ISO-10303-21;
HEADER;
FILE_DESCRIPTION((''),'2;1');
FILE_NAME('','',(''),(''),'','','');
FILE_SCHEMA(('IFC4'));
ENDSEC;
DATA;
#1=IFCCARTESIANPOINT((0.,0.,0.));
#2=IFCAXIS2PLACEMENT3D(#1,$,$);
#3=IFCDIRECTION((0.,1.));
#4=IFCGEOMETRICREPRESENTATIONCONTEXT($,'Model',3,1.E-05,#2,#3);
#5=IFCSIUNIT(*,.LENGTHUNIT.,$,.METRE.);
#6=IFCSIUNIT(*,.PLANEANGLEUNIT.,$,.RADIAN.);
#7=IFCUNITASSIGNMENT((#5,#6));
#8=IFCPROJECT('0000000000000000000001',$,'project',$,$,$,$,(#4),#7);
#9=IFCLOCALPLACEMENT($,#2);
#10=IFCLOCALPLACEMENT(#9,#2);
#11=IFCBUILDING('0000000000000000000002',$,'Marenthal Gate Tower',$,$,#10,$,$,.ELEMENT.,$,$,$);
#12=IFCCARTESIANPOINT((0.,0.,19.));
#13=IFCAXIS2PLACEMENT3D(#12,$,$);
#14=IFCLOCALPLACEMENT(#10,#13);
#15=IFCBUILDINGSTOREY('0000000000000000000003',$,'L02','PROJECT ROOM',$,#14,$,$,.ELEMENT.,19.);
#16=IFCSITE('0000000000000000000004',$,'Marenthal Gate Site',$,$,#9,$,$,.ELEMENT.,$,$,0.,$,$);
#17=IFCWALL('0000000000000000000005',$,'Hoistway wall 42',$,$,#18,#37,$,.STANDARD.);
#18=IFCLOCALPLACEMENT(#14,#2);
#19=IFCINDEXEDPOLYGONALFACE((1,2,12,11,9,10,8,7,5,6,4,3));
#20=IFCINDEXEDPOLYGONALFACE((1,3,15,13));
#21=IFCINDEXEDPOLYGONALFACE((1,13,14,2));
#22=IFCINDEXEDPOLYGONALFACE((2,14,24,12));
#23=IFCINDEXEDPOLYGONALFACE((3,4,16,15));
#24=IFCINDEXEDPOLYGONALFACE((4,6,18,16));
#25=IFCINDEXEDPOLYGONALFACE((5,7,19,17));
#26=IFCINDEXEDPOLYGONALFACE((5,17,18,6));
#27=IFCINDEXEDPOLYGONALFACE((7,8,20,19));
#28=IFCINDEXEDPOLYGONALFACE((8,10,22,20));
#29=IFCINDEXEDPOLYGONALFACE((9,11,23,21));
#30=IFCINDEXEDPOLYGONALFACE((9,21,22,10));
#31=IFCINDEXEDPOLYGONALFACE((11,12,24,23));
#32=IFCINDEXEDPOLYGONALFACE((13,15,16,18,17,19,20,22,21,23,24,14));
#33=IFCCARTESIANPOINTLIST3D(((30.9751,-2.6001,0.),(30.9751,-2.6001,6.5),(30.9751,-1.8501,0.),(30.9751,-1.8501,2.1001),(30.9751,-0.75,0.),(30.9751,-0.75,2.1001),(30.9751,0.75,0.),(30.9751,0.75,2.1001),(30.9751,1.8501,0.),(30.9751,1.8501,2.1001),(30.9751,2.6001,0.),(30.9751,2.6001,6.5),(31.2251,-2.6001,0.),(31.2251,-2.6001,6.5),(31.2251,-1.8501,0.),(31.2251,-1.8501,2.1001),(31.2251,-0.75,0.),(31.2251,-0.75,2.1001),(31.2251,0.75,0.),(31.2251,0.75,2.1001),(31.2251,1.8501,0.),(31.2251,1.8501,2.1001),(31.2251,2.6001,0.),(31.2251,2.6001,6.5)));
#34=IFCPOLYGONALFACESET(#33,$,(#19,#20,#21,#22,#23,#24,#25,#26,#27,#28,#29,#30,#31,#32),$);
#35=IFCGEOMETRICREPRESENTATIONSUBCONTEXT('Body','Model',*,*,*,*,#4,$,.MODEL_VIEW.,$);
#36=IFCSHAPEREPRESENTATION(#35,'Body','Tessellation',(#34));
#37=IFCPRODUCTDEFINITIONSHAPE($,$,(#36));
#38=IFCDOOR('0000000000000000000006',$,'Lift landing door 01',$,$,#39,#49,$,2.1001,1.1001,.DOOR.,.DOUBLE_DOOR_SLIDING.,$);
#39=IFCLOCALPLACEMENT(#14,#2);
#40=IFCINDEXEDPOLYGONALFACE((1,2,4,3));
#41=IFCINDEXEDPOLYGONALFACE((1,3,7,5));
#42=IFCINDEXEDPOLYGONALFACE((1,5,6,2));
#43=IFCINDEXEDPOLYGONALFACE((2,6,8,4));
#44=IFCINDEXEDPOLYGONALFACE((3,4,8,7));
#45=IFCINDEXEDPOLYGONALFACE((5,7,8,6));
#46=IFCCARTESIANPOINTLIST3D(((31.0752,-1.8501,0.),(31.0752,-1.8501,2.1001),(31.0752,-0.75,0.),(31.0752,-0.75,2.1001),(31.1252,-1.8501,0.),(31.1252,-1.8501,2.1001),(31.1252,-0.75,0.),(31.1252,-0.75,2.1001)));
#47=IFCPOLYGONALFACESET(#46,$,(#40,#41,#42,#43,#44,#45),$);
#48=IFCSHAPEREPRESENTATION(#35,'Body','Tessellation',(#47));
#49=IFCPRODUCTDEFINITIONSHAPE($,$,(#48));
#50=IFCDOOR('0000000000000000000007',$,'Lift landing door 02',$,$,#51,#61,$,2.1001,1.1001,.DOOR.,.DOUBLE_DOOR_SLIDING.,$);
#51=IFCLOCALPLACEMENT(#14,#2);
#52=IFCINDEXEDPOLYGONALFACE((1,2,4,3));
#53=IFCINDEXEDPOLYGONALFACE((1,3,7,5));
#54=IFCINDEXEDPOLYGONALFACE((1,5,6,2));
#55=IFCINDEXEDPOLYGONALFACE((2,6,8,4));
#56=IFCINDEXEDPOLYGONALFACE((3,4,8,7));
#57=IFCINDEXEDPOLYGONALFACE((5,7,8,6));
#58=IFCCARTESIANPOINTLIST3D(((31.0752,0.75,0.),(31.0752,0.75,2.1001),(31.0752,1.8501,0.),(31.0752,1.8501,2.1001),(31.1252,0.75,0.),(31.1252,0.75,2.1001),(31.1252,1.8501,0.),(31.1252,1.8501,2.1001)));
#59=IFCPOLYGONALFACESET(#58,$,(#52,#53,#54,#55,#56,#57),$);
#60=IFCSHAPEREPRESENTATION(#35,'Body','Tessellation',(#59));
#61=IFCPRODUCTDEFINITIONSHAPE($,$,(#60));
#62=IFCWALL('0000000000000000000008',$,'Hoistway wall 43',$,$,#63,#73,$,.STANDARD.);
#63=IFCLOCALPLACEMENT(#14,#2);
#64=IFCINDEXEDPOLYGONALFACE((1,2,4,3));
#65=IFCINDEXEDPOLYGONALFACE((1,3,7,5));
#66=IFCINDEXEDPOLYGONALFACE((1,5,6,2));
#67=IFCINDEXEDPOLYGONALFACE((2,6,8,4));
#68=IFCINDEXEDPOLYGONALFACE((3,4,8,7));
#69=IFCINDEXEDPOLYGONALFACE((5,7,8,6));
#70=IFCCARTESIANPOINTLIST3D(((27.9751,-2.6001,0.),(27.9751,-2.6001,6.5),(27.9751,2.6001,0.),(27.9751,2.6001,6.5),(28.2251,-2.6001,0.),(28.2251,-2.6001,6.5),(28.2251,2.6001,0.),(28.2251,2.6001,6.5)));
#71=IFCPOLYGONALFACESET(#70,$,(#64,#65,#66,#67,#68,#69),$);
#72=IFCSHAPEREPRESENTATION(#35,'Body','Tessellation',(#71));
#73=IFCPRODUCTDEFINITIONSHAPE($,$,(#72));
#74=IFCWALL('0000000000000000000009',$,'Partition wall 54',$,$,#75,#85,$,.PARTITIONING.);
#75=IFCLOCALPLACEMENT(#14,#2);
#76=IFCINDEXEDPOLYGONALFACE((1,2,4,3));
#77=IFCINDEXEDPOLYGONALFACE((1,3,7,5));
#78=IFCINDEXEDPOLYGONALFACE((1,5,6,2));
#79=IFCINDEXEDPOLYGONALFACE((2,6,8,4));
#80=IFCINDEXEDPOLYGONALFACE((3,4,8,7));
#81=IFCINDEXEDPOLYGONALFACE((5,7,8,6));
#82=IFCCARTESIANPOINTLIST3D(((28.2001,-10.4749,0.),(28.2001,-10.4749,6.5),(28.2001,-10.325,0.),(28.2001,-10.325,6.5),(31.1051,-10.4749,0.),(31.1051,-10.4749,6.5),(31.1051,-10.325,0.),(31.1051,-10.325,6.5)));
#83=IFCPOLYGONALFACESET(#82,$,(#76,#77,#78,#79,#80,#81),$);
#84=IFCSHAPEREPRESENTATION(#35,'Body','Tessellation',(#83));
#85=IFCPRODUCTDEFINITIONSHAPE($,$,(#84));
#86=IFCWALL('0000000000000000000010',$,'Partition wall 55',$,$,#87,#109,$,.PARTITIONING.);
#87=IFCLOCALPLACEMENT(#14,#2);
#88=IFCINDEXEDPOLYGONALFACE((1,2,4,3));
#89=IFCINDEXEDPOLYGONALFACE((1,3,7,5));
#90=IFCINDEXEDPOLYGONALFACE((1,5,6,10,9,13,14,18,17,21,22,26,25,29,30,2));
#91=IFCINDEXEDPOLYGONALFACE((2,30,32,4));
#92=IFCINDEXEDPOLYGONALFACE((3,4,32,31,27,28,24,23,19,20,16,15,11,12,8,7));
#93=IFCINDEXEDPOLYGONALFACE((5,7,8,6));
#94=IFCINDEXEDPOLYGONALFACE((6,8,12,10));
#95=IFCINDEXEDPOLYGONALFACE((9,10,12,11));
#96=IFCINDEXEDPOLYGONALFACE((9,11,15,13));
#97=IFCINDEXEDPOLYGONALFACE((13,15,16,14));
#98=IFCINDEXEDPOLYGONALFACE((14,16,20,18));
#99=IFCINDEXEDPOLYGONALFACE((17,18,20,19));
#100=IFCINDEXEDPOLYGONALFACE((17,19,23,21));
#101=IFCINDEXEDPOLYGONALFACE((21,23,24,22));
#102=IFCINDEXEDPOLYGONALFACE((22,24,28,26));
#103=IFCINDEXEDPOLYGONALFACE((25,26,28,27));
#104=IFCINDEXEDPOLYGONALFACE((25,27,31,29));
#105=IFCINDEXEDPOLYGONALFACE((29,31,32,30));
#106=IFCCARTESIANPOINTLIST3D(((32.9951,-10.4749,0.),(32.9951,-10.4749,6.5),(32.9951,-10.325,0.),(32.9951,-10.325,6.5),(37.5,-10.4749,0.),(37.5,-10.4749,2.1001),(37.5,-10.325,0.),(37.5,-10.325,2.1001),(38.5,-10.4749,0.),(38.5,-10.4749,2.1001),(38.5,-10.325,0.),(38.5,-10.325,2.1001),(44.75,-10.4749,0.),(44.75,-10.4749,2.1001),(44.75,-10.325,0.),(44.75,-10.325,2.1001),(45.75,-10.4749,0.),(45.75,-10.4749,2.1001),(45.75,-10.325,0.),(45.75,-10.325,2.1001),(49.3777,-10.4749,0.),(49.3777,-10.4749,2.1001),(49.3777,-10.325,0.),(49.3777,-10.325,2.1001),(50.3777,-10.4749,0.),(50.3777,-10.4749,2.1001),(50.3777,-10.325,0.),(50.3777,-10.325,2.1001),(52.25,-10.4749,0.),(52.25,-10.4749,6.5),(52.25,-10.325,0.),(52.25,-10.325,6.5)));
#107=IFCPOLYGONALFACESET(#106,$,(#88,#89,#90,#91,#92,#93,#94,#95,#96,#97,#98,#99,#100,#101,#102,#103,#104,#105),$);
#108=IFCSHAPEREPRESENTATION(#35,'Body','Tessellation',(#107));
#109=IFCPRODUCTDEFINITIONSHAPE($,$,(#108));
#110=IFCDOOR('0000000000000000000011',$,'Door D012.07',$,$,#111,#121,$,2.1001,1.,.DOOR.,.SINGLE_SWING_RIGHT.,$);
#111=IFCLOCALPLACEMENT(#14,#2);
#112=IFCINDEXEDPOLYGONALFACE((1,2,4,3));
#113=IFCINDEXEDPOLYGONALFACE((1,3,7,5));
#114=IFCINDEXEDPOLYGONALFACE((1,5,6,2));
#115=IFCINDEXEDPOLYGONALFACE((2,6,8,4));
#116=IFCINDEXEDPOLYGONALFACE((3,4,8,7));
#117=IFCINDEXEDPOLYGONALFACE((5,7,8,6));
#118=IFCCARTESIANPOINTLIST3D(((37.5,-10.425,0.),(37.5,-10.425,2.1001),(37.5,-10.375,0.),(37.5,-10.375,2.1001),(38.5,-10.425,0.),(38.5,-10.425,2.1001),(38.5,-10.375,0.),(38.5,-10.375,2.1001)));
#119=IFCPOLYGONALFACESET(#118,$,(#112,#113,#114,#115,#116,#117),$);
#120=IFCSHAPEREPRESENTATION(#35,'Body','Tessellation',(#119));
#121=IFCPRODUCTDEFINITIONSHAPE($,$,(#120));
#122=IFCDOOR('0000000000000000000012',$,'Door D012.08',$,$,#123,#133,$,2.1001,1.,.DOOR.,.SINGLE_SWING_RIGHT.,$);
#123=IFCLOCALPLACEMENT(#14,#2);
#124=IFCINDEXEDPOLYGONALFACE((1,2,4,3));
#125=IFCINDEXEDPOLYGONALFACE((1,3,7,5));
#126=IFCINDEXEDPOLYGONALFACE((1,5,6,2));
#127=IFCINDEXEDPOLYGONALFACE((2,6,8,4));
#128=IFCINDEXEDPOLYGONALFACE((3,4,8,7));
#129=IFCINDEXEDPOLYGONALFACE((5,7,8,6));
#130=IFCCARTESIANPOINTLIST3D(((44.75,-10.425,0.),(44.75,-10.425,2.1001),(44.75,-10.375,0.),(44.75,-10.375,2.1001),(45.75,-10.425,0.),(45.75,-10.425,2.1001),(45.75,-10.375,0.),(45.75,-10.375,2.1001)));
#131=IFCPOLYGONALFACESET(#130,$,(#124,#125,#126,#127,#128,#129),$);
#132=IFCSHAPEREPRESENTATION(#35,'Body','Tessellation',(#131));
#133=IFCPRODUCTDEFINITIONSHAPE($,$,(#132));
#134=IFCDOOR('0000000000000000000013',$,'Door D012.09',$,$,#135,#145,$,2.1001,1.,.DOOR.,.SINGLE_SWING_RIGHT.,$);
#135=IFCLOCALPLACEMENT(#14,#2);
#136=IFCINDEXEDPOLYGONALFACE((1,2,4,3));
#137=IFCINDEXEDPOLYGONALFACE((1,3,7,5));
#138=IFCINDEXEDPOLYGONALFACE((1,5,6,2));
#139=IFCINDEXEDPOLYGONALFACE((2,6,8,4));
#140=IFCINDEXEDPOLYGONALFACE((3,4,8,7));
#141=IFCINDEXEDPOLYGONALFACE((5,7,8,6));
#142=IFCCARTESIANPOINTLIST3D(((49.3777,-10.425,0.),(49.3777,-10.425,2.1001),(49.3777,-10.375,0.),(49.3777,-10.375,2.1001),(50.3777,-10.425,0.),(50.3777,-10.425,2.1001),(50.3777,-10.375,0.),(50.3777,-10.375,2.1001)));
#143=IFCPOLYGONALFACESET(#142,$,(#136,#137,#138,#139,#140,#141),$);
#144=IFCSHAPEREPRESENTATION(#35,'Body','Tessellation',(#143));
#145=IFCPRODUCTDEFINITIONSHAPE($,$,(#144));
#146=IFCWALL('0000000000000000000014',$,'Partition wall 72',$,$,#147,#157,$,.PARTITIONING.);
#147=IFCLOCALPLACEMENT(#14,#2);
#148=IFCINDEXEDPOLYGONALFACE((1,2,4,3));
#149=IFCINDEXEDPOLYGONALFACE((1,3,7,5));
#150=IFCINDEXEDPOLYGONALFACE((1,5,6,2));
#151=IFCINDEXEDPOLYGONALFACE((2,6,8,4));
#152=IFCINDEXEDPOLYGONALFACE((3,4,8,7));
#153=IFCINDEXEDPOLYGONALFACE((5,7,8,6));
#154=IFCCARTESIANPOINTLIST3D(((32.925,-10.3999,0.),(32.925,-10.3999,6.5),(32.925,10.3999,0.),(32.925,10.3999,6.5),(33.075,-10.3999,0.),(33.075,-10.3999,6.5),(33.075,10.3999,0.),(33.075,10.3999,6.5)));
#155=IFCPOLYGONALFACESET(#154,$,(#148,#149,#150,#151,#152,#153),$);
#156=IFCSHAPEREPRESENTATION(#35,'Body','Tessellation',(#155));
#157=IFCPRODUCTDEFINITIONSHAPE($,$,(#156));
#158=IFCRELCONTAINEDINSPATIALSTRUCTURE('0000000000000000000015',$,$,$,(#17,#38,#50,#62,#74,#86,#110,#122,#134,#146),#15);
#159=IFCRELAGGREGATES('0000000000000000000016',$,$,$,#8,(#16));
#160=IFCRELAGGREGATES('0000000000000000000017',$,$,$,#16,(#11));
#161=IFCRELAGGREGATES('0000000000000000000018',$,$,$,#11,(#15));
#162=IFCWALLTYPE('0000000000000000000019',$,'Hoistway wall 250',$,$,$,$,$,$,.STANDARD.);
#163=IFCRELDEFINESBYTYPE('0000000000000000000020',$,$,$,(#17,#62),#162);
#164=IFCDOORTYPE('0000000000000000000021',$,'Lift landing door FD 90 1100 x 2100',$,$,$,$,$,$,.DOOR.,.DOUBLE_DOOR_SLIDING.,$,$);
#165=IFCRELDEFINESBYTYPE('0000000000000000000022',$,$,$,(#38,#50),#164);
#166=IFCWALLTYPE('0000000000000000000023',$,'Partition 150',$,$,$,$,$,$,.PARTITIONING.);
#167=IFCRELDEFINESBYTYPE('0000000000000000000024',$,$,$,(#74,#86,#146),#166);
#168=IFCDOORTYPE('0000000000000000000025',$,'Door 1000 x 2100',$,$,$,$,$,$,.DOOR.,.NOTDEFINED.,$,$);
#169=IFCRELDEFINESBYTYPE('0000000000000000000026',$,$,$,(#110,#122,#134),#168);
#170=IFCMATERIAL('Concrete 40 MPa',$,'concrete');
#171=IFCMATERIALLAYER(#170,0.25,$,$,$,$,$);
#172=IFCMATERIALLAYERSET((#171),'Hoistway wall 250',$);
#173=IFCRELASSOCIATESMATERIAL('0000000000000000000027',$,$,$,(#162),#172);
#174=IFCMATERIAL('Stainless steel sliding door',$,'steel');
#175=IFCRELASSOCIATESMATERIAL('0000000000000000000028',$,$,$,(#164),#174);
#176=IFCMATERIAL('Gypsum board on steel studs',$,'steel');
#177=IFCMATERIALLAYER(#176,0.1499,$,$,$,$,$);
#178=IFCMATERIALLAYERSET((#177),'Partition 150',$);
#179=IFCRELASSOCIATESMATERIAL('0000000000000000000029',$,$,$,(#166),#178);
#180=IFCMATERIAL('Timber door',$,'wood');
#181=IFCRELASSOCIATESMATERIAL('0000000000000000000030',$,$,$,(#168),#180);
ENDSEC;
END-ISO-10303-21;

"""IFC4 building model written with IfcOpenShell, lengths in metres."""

from ifc_helpers import new_model, si_unit, direction, frame, frame_2d, origin, place, context, subcontext, project, spatial, rectangle, extrude, material, layer, layer_set, type_object, element, fill, save


model = new_model("IFC4")

# Units and contexts
model_context = context("Model", 3, precision=1e-05, world=origin(), true_north=direction((0.0, 1.0)))
body_context = subcontext(model_context, "Body", "Model", "MODEL_VIEW")
ifc_project = project(units=[si_unit("LENGTHUNIT", "METRE"), si_unit("PLANEANGLEUNIT", "RADIAN")], contexts=[model_context])

# Site, building, storey
site_placement = place(None, origin())
site = spatial("IfcSite", under=ifc_project, at=site_placement, Name="Marenthal Gate Site", CompositionType="ELEMENT", RefElevation=0.0)
building_placement = place(site_placement, origin())
building = spatial("IfcBuilding", under=site, at=building_placement, Name="Marenthal Gate Tower", CompositionType="ELEMENT")
storey_placement = place(building_placement, frame((0.0, 0.0, 19.0)))
storey = spatial("IfcBuildingStorey", under=building, at=storey_placement, Name="L02", Description="PROJECT ROOM", CompositionType="ELEMENT", Elevation=19.0)

# Shared definitions
ifc_material_1 = material(Name="Concrete 40 MPa", Category="concrete")
ifc_layer_1 = layer(ifc_material_1, 0.25)
ifc_layer_set_1 = layer_set([ifc_layer_1], Name="Hoistway wall 250")
wall_type_1 = type_object("IfcWallType", Name="Hoistway wall 250", PredefinedType="STANDARD", material=ifc_layer_set_1)

# Wall, openings, doors
wall_1_placement = place(storey_placement, frame((31.1001, -2.6001, 0.0), z_axis=(0.0, 0.0, 1.0), x_axis=(0.0, 1.0, 0.0)))
wall_1 = element("IfcWall", 1, at=wall_1_placement, inside=storey, type_object=wall_type_1, Name="Hoistway wall 42", PredefinedType="STANDARD", context=body_context, shape_type="SweptSolid", body=[
    extrude(rectangle(XDim=5.2002, YDim=0.25, at=frame_2d((2.6001, 0.0))), origin(), (0.0, 0.0, 1.0), 6.5),
])
opening_1_placement = place(wall_1_placement, frame((0.75, 0.0, 0.0)))
opening_1 = element("IfcOpeningElement", 2, at=opening_1_placement, cuts=wall_1, PredefinedType="OPENING", context=body_context, shape_type="SweptSolid", body=[
    extrude(rectangle(XDim=1.1001, YDim=2.1001, at=frame_2d((0.55, 1.05))), frame((0.0, 0.135, 0.0), z_axis=(0.0, -1.0, 0.0), x_axis=(1.0, 0.0, 0.0)), (0.0, 0.0, 1.0), 0.27),
])
opening_2_placement = place(wall_1_placement, frame((3.3501, 0.0, 0.0)))
opening_2 = element("IfcOpeningElement", 3, at=opening_2_placement, cuts=wall_1, PredefinedType="OPENING", context=body_context, shape_type="SweptSolid", body=[
    extrude(rectangle(XDim=1.1001, YDim=2.1001, at=frame_2d((0.55, 1.05))), frame((0.0, 0.135, 0.0), z_axis=(0.0, -1.0, 0.0), x_axis=(1.0, 0.0, 0.0)), (0.0, 0.0, 1.0), 0.27),
])
ifc_material_2 = material(Name="Stainless steel sliding door", Category="steel")
door_type_1 = type_object("IfcDoorType", Name="Lift landing door FD 90 1100 x 2100", OperationType="DOUBLE_DOOR_SLIDING", PredefinedType="DOOR", material=ifc_material_2)
door_1_placement = place(opening_1_placement, origin())
door_1 = element("IfcDoor", 4, at=door_1_placement, inside=storey, type_object=door_type_1, Name="Lift landing door 01", OperationType="DOUBLE_DOOR_SLIDING", OverallHeight=2.1001, OverallWidth=1.1001, PredefinedType="DOOR", context=body_context, shape_type="SweptSolid", body=[
    extrude(rectangle(XDim=1.1001, YDim=2.1001, at=frame_2d((0.55, 1.05))), frame((0.0, 0.0249, 0.0), z_axis=(0.0, -1.0, 0.0), x_axis=(1.0, 0.0, 0.0)), (0.0, 0.0, 1.0), 0.05),
])
fill(opening_1, door_1)
door_2_placement = place(opening_2_placement, origin())
door_2 = element("IfcDoor", 5, at=door_2_placement, inside=storey, type_object=door_type_1, Name="Lift landing door 02", OperationType="DOUBLE_DOOR_SLIDING", OverallHeight=2.1001, OverallWidth=1.1001, PredefinedType="DOOR", context=body_context, shape_type="SweptSolid", body=[
    extrude(rectangle(XDim=1.1001, YDim=2.1001, at=frame_2d((0.55, 1.05))), frame((0.0, 0.0249, 0.0), z_axis=(0.0, -1.0, 0.0), x_axis=(1.0, 0.0, 0.0)), (0.0, 0.0, 1.0), 0.05),
])
fill(opening_2, door_2)

# Walls
wall_2_placement = place(storey_placement, frame((28.1001, -2.6001, 0.0), z_axis=(0.0, 0.0, 1.0), x_axis=(0.0, 1.0, 0.0)))
element("IfcWall", 6, at=wall_2_placement, inside=storey, type_object=wall_type_1, Name="Hoistway wall 43", PredefinedType="STANDARD", context=body_context, shape_type="SweptSolid", body=[
    extrude(rectangle(XDim=5.2002, YDim=0.25, at=frame_2d((2.6001, 0.0))), origin(), (0.0, 0.0, 1.0), 6.5),
])
ifc_material_3 = material(Name="Gypsum board on steel studs", Category="steel")
ifc_layer_2 = layer(ifc_material_3, 0.1499)
ifc_layer_set_2 = layer_set([ifc_layer_2], Name="Partition 150")
wall_type_2 = type_object("IfcWallType", Name="Partition 150", PredefinedType="PARTITIONING", material=ifc_layer_set_2)
wall_3_placement = place(storey_placement, frame((28.2, -10.3999, 0.0), z_axis=(0.0, 0.0, 1.0), x_axis=(1.0, 0.0, 0.0)))
element("IfcWall", 7, at=wall_3_placement, inside=storey, type_object=wall_type_2, Name="Partition wall 54", PredefinedType="PARTITIONING", context=body_context, shape_type="SweptSolid", body=[
    extrude(rectangle(XDim=2.905, YDim=0.1499, at=frame_2d((1.4526, 0.0))), origin(), (0.0, 0.0, 1.0), 6.5),
])

# Wall, openings, doors
wall_4_placement = place(storey_placement, frame((32.9951, -10.3999, 0.0), z_axis=(0.0, 0.0, 1.0), x_axis=(1.0, 0.0, 0.0)))
wall_4 = element("IfcWall", 8, at=wall_4_placement, inside=storey, type_object=wall_type_2, Name="Partition wall 55", PredefinedType="PARTITIONING", context=body_context, shape_type="SweptSolid", body=[
    extrude(rectangle(XDim=19.2549, YDim=0.1499, at=frame_2d((9.6274, 0.0))), origin(), (0.0, 0.0, 1.0), 6.5),
])
opening_3_placement = place(wall_4_placement, frame((4.5049, 0.0, 0.0)))
opening_3 = element("IfcOpeningElement", 9, at=opening_3_placement, cuts=wall_4, PredefinedType="OPENING", context=body_context, shape_type="SweptSolid", body=[
    extrude(rectangle(XDim=1.0, YDim=2.1001, at=frame_2d((0.5, 1.05))), frame((0.0, 0.085, 0.0), z_axis=(0.0, -1.0, 0.0), x_axis=(1.0, 0.0, 0.0)), (0.0, 0.0, 1.0), 0.1699),
])
opening_4_placement = place(wall_4_placement, frame((11.7549, 0.0, 0.0)))
opening_4 = element("IfcOpeningElement", 10, at=opening_4_placement, cuts=wall_4, PredefinedType="OPENING", context=body_context, shape_type="SweptSolid", body=[
    extrude(rectangle(XDim=1.0, YDim=2.1001, at=frame_2d((0.5, 1.05))), frame((0.0, 0.085, 0.0), z_axis=(0.0, -1.0, 0.0), x_axis=(1.0, 0.0, 0.0)), (0.0, 0.0, 1.0), 0.1699),
])
opening_5_placement = place(wall_4_placement, frame((16.3826, 0.0, 0.0)))
opening_5 = element("IfcOpeningElement", 11, at=opening_5_placement, cuts=wall_4, PredefinedType="OPENING", context=body_context, shape_type="SweptSolid", body=[
    extrude(rectangle(XDim=1.0, YDim=2.1001, at=frame_2d((0.5, 1.05))), frame((0.0, 0.085, 0.0), z_axis=(0.0, -1.0, 0.0), x_axis=(1.0, 0.0, 0.0)), (0.0, 0.0, 1.0), 0.1699),
])
ifc_material_4 = material(Name="Timber door", Category="wood")
door_type_2 = type_object("IfcDoorType", Name="Door 1000 x 2100", OperationType="NOTDEFINED", PredefinedType="DOOR", material=ifc_material_4)
door_3_placement = place(opening_3_placement, origin())
door_3 = element("IfcDoor", 12, at=door_3_placement, inside=storey, type_object=door_type_2, Name="Door D012.07", OperationType="SINGLE_SWING_RIGHT", OverallHeight=2.1001, OverallWidth=1.0, PredefinedType="DOOR", context=body_context, shape_type="SweptSolid", body=[
    extrude(rectangle(XDim=1.0, YDim=2.1001, at=frame_2d((0.5, 1.05))), frame((0.0, 0.0249, 0.0), z_axis=(0.0, -1.0, 0.0), x_axis=(1.0, 0.0, 0.0)), (0.0, 0.0, 1.0), 0.05),
])
fill(opening_3, door_3)
door_4_placement = place(opening_4_placement, origin())
door_4 = element("IfcDoor", 13, at=door_4_placement, inside=storey, type_object=door_type_2, Name="Door D012.08", OperationType="SINGLE_SWING_RIGHT", OverallHeight=2.1001, OverallWidth=1.0, PredefinedType="DOOR", context=body_context, shape_type="SweptSolid", body=[
    extrude(rectangle(XDim=1.0, YDim=2.1001, at=frame_2d((0.5, 1.05))), frame((0.0, 0.0249, 0.0), z_axis=(0.0, -1.0, 0.0), x_axis=(1.0, 0.0, 0.0)), (0.0, 0.0, 1.0), 0.05),
])
fill(opening_4, door_4)
door_5_placement = place(opening_5_placement, origin())
door_5 = element("IfcDoor", 14, at=door_5_placement, inside=storey, type_object=door_type_2, Name="Door D012.09", OperationType="SINGLE_SWING_RIGHT", OverallHeight=2.1001, OverallWidth=1.0, PredefinedType="DOOR", context=body_context, shape_type="SweptSolid", body=[
    extrude(rectangle(XDim=1.0, YDim=2.1001, at=frame_2d((0.5, 1.05))), frame((0.0, 0.0249, 0.0), z_axis=(0.0, -1.0, 0.0), x_axis=(1.0, 0.0, 0.0)), (0.0, 0.0, 1.0), 0.05),
])
fill(opening_5, door_5)

# Wall
wall_5_placement = place(storey_placement, frame((33.0, -10.3999, 0.0), z_axis=(0.0, 0.0, 1.0), x_axis=(0.0, 1.0, 0.0)))
element("IfcWall", 15, at=wall_5_placement, inside=storey, type_object=wall_type_2, Name="Partition wall 72", PredefinedType="PARTITIONING", context=body_context, shape_type="SweptSolid", body=[
    extrude(rectangle(XDim=20.7998, YDim=0.1499, at=frame_2d((10.3999, 0.0))), origin(), (0.0, 0.0, 1.0), 6.5),
])

save(model, "model.ifc")
